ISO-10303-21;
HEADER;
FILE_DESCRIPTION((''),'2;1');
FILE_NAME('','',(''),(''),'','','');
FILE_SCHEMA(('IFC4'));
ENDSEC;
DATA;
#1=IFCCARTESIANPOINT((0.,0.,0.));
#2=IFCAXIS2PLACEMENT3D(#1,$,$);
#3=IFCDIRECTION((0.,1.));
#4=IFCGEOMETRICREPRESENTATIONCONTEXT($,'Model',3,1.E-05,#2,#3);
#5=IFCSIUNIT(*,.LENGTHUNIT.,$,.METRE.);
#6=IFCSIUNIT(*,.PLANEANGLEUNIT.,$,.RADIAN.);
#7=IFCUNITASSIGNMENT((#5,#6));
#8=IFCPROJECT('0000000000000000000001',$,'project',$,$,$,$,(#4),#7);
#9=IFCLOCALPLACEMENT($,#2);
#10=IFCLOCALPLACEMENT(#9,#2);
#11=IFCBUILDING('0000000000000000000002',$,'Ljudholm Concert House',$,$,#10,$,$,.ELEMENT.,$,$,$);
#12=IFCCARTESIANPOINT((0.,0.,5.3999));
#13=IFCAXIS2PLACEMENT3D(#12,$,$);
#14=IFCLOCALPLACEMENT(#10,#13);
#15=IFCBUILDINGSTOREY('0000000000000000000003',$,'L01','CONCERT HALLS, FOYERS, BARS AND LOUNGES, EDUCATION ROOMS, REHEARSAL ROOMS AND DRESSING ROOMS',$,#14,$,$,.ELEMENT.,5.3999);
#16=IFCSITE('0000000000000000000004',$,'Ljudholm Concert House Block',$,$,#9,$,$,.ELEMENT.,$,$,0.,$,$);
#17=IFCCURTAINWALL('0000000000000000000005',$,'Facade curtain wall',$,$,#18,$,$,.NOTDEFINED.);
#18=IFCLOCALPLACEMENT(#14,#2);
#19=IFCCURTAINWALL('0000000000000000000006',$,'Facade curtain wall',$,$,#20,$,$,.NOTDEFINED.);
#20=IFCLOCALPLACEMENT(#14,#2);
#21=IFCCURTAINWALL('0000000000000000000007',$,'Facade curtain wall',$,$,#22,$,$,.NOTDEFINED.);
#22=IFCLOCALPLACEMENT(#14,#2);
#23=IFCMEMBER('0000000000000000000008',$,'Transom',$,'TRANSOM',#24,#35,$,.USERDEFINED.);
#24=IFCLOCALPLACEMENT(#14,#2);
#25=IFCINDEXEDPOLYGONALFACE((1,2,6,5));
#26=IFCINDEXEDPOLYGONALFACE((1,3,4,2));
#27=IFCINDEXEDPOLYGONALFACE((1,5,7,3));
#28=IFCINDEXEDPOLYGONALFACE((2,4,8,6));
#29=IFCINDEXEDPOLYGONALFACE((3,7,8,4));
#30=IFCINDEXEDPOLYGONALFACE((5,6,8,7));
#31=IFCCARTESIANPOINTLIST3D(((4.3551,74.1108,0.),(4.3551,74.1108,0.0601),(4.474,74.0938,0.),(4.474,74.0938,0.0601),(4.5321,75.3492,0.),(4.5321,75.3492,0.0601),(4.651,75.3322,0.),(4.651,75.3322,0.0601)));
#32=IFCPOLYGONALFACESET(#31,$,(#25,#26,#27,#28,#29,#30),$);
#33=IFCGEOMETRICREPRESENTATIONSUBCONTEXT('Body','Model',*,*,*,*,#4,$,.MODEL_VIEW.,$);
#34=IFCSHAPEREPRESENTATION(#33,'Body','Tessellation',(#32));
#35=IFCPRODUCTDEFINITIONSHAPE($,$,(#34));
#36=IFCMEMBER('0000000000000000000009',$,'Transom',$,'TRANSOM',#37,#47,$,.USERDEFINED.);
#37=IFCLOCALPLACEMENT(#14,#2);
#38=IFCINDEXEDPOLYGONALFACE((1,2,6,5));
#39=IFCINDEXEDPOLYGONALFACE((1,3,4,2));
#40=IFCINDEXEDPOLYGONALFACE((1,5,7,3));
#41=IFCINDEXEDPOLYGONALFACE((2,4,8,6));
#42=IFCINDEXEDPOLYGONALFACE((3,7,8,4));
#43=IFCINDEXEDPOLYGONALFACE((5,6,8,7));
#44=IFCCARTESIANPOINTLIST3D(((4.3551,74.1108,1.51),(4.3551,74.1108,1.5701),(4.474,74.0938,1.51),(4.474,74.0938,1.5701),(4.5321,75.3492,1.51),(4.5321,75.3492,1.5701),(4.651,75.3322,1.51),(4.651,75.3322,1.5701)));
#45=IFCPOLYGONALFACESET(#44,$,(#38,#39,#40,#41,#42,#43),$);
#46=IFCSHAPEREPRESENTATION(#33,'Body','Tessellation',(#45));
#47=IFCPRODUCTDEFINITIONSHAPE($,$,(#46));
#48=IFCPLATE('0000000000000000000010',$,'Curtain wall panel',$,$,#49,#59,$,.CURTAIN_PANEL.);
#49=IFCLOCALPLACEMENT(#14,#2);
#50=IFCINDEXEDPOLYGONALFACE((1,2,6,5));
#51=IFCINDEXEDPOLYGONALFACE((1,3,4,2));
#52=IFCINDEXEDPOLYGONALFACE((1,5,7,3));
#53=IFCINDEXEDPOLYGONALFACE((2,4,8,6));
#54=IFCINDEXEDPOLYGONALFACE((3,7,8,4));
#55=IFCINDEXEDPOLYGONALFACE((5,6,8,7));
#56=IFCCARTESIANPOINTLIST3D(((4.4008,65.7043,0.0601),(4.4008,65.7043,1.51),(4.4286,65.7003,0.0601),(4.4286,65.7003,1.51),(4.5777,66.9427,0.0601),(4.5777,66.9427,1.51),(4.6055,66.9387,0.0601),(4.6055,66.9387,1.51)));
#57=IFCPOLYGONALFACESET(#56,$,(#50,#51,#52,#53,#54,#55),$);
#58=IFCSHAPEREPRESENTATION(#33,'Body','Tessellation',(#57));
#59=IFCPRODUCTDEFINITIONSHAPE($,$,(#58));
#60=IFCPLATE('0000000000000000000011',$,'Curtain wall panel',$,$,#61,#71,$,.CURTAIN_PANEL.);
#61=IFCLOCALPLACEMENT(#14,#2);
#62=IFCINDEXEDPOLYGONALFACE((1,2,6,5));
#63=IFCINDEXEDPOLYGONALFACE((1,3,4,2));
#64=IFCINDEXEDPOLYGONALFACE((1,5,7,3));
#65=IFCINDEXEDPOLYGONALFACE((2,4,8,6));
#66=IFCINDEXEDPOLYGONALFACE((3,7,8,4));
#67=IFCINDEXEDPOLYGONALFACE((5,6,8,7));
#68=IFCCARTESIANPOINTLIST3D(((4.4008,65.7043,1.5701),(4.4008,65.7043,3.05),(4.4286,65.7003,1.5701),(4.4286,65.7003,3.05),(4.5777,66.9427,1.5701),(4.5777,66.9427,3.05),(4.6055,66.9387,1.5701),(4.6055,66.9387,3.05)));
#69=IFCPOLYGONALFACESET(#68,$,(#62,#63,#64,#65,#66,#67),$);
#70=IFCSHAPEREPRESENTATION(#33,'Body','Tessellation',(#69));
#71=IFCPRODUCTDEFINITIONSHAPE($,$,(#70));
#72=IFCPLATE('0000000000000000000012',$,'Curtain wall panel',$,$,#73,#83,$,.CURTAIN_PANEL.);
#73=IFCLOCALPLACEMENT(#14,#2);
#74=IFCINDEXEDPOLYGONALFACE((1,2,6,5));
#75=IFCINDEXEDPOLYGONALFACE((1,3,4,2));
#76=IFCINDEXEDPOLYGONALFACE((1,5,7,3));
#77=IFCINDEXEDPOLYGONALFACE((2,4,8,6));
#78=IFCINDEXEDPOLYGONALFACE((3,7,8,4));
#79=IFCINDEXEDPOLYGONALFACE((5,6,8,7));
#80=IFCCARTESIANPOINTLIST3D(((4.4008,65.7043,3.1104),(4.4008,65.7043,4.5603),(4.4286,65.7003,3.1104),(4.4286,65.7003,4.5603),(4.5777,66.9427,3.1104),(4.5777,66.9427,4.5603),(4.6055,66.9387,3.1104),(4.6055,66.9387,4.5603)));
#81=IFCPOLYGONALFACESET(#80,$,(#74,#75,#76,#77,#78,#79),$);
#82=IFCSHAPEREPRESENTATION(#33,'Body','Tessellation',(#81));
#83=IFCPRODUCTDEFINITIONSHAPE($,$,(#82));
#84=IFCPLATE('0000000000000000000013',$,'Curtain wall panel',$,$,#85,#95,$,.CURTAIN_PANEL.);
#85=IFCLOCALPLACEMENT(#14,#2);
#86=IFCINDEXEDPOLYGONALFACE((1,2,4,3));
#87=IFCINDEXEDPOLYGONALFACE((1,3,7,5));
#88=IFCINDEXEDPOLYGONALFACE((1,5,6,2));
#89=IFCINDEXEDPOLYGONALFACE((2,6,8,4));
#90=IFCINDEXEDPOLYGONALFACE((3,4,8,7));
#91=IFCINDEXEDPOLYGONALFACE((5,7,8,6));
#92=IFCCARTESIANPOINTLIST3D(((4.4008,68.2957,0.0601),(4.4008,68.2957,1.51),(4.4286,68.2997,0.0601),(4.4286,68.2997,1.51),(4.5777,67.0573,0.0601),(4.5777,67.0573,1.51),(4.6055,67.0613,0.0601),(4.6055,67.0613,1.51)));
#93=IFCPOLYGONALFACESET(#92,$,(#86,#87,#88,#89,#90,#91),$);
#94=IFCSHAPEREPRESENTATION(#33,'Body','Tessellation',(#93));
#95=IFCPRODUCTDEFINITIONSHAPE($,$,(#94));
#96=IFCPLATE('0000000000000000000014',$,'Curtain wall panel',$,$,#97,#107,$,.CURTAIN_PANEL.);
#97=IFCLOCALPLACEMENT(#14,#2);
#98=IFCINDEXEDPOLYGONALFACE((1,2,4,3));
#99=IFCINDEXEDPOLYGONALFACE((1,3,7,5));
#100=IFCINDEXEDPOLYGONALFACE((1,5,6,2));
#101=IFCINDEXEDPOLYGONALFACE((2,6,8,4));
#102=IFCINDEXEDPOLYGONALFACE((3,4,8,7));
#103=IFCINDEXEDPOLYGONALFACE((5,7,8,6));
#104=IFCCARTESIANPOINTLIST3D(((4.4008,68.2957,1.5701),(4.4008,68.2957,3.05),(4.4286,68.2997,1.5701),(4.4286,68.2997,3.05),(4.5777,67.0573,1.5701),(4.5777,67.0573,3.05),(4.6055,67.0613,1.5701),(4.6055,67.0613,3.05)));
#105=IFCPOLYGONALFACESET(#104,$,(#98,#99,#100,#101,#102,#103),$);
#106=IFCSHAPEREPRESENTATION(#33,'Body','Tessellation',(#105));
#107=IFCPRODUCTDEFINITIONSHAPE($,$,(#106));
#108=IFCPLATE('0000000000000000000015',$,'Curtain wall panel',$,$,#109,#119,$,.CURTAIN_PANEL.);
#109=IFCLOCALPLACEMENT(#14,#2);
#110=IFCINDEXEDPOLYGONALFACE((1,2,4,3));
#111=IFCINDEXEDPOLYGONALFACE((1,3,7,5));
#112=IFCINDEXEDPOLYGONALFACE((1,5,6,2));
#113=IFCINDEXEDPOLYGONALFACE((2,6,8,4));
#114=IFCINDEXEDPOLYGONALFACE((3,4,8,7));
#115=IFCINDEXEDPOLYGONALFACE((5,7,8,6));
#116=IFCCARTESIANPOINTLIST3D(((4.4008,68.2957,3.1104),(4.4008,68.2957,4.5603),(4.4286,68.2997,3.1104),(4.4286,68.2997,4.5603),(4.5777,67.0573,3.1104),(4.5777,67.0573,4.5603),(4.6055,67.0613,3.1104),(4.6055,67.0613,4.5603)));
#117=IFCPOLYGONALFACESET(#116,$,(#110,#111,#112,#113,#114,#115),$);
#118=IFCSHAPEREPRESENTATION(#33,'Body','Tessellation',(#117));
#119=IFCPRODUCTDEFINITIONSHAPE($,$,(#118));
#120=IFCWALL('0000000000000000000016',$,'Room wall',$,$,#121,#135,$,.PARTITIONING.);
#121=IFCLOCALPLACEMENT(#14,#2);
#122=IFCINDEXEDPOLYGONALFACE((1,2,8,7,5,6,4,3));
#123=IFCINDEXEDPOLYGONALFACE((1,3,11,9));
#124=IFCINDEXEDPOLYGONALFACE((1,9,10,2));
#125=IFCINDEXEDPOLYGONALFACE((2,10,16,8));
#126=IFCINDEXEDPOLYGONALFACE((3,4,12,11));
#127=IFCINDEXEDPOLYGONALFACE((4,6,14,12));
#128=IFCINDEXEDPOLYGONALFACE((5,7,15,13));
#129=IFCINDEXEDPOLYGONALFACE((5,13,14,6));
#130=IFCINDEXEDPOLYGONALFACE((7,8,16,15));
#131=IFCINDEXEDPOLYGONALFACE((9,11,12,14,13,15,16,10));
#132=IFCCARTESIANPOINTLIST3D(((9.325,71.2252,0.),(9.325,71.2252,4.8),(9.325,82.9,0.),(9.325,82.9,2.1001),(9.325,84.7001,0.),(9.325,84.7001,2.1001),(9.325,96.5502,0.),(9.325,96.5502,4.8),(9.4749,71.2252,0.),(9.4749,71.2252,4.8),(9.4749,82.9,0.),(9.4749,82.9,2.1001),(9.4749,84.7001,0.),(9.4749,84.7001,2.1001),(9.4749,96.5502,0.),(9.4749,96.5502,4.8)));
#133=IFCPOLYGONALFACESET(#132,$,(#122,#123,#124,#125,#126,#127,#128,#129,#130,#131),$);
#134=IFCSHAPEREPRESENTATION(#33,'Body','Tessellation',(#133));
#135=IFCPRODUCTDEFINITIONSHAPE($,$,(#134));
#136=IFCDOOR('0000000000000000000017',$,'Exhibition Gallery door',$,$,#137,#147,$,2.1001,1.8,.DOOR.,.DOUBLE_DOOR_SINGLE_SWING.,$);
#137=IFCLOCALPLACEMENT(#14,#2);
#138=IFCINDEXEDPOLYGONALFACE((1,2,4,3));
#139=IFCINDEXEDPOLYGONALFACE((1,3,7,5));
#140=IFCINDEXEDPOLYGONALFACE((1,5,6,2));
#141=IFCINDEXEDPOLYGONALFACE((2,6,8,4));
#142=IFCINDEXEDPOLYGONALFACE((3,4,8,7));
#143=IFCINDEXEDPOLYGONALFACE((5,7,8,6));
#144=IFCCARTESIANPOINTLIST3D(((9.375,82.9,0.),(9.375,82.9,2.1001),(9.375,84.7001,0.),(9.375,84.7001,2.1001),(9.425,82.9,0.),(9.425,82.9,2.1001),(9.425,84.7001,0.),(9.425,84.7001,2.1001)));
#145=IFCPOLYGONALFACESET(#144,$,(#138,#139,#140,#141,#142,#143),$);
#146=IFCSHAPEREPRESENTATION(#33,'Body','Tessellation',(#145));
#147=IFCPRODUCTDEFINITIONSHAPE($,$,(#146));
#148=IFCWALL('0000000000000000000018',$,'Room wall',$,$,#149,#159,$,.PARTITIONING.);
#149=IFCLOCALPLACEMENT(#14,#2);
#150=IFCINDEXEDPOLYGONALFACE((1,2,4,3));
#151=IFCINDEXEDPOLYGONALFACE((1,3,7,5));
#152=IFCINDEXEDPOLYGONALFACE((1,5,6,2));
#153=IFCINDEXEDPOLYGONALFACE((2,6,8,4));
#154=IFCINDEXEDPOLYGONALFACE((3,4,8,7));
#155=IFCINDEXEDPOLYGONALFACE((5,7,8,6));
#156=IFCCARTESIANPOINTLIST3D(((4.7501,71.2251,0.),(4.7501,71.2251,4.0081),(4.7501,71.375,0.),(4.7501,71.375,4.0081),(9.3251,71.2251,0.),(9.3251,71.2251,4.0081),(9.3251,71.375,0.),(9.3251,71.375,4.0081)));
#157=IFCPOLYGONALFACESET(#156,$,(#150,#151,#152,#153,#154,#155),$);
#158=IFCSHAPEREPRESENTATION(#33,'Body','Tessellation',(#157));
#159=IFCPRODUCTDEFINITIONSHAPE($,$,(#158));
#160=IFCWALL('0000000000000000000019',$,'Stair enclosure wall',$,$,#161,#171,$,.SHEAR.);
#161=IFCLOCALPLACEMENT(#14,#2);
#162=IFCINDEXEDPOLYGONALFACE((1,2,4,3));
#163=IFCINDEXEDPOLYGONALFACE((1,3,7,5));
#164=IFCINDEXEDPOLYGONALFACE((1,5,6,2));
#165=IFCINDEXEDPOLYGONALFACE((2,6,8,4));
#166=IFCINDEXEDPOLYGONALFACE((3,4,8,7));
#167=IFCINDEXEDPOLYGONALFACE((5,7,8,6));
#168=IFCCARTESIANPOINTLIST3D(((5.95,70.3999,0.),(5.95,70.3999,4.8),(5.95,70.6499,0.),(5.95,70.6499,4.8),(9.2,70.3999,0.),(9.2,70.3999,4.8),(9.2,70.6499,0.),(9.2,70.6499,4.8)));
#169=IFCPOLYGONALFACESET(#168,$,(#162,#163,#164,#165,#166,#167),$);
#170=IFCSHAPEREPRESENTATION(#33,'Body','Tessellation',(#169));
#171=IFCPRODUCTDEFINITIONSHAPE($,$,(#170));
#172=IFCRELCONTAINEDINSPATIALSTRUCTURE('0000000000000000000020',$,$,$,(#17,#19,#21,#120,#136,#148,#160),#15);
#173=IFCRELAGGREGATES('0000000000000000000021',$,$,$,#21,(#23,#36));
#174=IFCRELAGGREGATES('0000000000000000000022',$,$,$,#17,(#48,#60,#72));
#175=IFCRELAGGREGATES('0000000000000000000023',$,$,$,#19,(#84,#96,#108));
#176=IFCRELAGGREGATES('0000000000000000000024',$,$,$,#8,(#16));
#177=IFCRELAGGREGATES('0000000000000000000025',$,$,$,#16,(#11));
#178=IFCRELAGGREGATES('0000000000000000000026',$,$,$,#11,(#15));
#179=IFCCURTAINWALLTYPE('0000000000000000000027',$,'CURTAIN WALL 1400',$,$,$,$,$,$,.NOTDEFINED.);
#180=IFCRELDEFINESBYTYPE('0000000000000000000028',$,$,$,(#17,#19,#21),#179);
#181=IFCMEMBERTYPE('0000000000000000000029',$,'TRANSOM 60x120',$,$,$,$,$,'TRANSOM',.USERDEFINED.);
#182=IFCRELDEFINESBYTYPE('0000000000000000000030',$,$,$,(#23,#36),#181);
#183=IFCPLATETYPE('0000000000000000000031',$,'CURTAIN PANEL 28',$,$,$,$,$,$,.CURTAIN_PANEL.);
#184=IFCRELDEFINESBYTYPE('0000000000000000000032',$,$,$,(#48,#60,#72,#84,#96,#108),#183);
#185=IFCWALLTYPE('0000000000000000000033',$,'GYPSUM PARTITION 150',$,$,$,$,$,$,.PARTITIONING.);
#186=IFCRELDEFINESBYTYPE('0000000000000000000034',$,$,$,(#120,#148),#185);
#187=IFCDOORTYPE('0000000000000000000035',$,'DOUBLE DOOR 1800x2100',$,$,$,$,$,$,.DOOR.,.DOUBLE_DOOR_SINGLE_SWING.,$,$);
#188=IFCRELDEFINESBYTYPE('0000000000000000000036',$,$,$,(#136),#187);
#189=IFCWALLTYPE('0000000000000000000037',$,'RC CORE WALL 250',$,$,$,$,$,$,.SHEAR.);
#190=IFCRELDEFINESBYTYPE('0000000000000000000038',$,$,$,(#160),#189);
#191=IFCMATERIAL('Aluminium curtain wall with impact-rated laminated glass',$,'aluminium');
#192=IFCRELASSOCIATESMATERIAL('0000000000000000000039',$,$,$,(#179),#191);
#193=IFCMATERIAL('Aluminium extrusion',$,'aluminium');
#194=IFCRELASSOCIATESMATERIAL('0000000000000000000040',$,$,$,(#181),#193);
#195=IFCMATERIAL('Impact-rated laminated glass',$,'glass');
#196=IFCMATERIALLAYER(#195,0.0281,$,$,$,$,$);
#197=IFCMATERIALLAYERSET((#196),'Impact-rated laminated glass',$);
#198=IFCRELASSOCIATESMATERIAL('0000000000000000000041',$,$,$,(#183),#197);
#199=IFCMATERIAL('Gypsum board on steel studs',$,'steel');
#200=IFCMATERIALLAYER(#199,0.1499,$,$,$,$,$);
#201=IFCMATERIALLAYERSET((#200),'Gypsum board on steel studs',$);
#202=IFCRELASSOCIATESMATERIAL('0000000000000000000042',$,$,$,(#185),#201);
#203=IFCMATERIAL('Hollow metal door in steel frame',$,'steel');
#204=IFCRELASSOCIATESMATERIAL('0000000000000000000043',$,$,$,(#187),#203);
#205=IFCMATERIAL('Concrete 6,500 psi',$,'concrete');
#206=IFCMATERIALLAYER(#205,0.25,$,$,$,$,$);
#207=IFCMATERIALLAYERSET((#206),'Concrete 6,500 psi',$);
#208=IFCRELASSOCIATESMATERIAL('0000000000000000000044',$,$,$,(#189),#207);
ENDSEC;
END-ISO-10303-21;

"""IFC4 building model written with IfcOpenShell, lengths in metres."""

from ifc_helpers import new_model, si_unit, direction, frame, frame_2d, origin, origin_2d, place, context, subcontext, project, spatial, rectangle, extrude, material, layer, layer_set, material_profile, profile_set, type_object, element, fill, aggregate, save


model = new_model("IFC4")

# Units and contexts
model_context = context("Model", 3, precision=1e-05, world=origin(), true_north=direction((0.0, 1.0)))
body_context = subcontext(model_context, "Body", "Model", "MODEL_VIEW")
ifc_project = project(units=[si_unit("LENGTHUNIT", "METRE"), si_unit("PLANEANGLEUNIT", "RADIAN")], contexts=[model_context])

# Site, building, storey
site_placement = place(None, origin())
site = spatial("IfcSite", under=ifc_project, at=site_placement, Name="Ljudholm Concert House Block", CompositionType="ELEMENT", RefElevation=0.0)
building_placement = place(site_placement, origin())
building = spatial("IfcBuilding", under=site, at=building_placement, Name="Ljudholm Concert House", CompositionType="ELEMENT")
storey_placement = place(building_placement, frame((0.0, 0.0, 5.3999)))
storey = spatial("IfcBuildingStorey", under=building, at=storey_placement, Name="L01", Description="CONCERT HALLS, FOYERS, BARS AND LOUNGES, EDUCATION ROOMS, REHEARSAL ROOMS AND DRESSING ROOMS", CompositionType="ELEMENT", Elevation=5.3999)

# Curtain wall
ifc_material_1 = material(Name="Aluminium curtain wall with impact-rated laminated glass", Category="aluminium")
curtain_wall_type = type_object("IfcCurtainWallType", Name="CURTAIN WALL 1400", PredefinedType="NOTDEFINED", material=ifc_material_1)
curtain_wall_1_placement = place(storey_placement, origin())
curtain_wall_1 = element("IfcCurtainWall", 1, at=curtain_wall_1_placement, inside=storey, type_object=curtain_wall_type, Name="Facade curtain wall", PredefinedType="NOTDEFINED")

# Curtain wall
curtain_wall_2_placement = place(storey_placement, origin())
curtain_wall_2 = element("IfcCurtainWall", 2, at=curtain_wall_2_placement, inside=storey, type_object=curtain_wall_type, Name="Facade curtain wall", PredefinedType="NOTDEFINED")

# Curtain wall
curtain_wall_3_placement = place(storey_placement, origin())
curtain_wall_3 = element("IfcCurtainWall", 3, at=curtain_wall_3_placement, inside=storey, type_object=curtain_wall_type, Name="Facade curtain wall", PredefinedType="NOTDEFINED")

# Members
ifc_material_2 = material(Name="Aluminium extrusion", Category="aluminium")
ifc_material_profile_1 = material_profile(ifc_material_2, rectangle(XDim=0.1201, YDim=0.0601, at=origin_2d()), Name="TRANSOM 60x120")
ifc_profile_set_1 = profile_set([ifc_material_profile_1], Name="Aluminium extrusion")
member_type_1 = type_object("IfcMemberType", Name="TRANSOM 60x120", ElementType="TRANSOM", PredefinedType="USERDEFINED", material=ifc_profile_set_1)
member_1_placement = place(storey_placement, frame((4.4146, 74.1023, 0.03), z_axis=(0.141503, 0.989938, 0.0), x_axis=(-0.989938, 0.141503, 0.0)))
member_1 = element("IfcMember", 4, at=member_1_placement, type_object=member_type_1, Name="Transom", ObjectType="TRANSOM", PredefinedType="USERDEFINED", context=body_context, shape_type="SweptSolid", body=[
    extrude(rectangle(XDim=0.1201, YDim=0.0601, at=origin_2d()), origin(), (0.0, 0.0, 1.0), 1.251),
])
member_2_placement = place(storey_placement, frame((4.4146, 74.1023, 1.54), z_axis=(0.141503, 0.989938, 0.0), x_axis=(-0.989938, 0.141503, 0.0)))
member_2 = element("IfcMember", 5, at=member_2_placement, type_object=member_type_1, Name="Transom", ObjectType="TRANSOM", PredefinedType="USERDEFINED", context=body_context, shape_type="SweptSolid", body=[
    extrude(rectangle(XDim=0.1201, YDim=0.0601, at=origin_2d()), origin(), (0.0, 0.0, 1.0), 1.251),
])
aggregate(curtain_wall_3, [member_1, member_2])

# Plates
ifc_material_3 = material(Name="Impact-rated laminated glass", Category="glass")
ifc_layer_1 = layer(ifc_material_3, 0.0281)
ifc_layer_set_1 = layer_set([ifc_layer_1], Name="Impact-rated laminated glass")
plate_type = type_object("IfcPlateType", Name="CURTAIN PANEL 28", PredefinedType="CURTAIN_PANEL", material=ifc_layer_set_1)
plate_1_placement = place(storey_placement, frame((4.5032, 66.3215, 0.0601), z_axis=(0.0, 0.0, 1.0), x_axis=(0.141421, 0.989949, 0.0)))
plate_1 = element("IfcPlate", 6, at=plate_1_placement, type_object=plate_type, Name="Curtain wall panel", PredefinedType="CURTAIN_PANEL", context=body_context, shape_type="SweptSolid", body=[
    extrude(rectangle(XDim=1.251, YDim=0.0281, at=origin_2d()), origin(), (0.0, 0.0, 1.0), 1.45),
])
plate_2_placement = place(storey_placement, frame((4.5032, 66.3215, 1.5701), z_axis=(0.0, 0.0, 1.0), x_axis=(0.141421, 0.989949, 0.0)))
plate_2 = element("IfcPlate", 7, at=plate_2_placement, type_object=plate_type, Name="Curtain wall panel", PredefinedType="CURTAIN_PANEL", context=body_context, shape_type="SweptSolid", body=[
    extrude(rectangle(XDim=1.251, YDim=0.0281, at=origin_2d()), origin(), (0.0, 0.0, 1.0), 1.48),
])
plate_3_placement = place(storey_placement, frame((4.5032, 66.3215, 3.1104), z_axis=(0.0, 0.0, 1.0), x_axis=(0.141421, 0.989949, 0.0)))
plate_3 = element("IfcPlate", 8, at=plate_3_placement, type_object=plate_type, Name="Curtain wall panel", PredefinedType="CURTAIN_PANEL", context=body_context, shape_type="SweptSolid", body=[
    extrude(rectangle(XDim=1.251, YDim=0.0281, at=origin_2d()), origin(), (0.0, 0.0, 1.0), 1.45),
])
aggregate(curtain_wall_1, [plate_1, plate_2, plate_3])
plate_4_placement = place(storey_placement, frame((4.5032, 67.6785, 0.0601), z_axis=(0.0, 0.0, 1.0), x_axis=(-0.141421, 0.989949, 0.0)))
plate_4 = element("IfcPlate", 9, at=plate_4_placement, type_object=plate_type, Name="Curtain wall panel", PredefinedType="CURTAIN_PANEL", context=body_context, shape_type="SweptSolid", body=[
    extrude(rectangle(XDim=1.251, YDim=0.0281, at=origin_2d()), origin(), (0.0, 0.0, 1.0), 1.45),
])
plate_5_placement = place(storey_placement, frame((4.5032, 67.6785, 1.5701), z_axis=(0.0, 0.0, 1.0), x_axis=(-0.141421, 0.989949, 0.0)))
plate_5 = element("IfcPlate", 10, at=plate_5_placement, type_object=plate_type, Name="Curtain wall panel", PredefinedType="CURTAIN_PANEL", context=body_context, shape_type="SweptSolid", body=[
    extrude(rectangle(XDim=1.251, YDim=0.0281, at=origin_2d()), origin(), (0.0, 0.0, 1.0), 1.48),
])
plate_6_placement = place(storey_placement, frame((4.5032, 67.6785, 3.1104), z_axis=(0.0, 0.0, 1.0), x_axis=(-0.141421, 0.989949, 0.0)))
plate_6 = element("IfcPlate", 11, at=plate_6_placement, type_object=plate_type, Name="Curtain wall panel", PredefinedType="CURTAIN_PANEL", context=body_context, shape_type="SweptSolid", body=[
    extrude(rectangle(XDim=1.251, YDim=0.0281, at=origin_2d()), origin(), (0.0, 0.0, 1.0), 1.45),
])
aggregate(curtain_wall_2, [plate_4, plate_5, plate_6])

# Wall, opening, door
ifc_material_4 = material(Name="Gypsum board on steel studs", Category="steel")
ifc_layer_2 = layer(ifc_material_4, 0.1499)
ifc_layer_set_2 = layer_set([ifc_layer_2], Name="Gypsum board on steel studs")
wall_type_1 = type_object("IfcWallType", Name="GYPSUM PARTITION 150", PredefinedType="PARTITIONING", material=ifc_layer_set_2)
wall_1_placement = place(storey_placement, frame((9.3999, 71.2251, 0.0), z_axis=(0.0, 0.0, 1.0), x_axis=(0.0, 1.0, 0.0)))
wall_1 = element("IfcWall", 12, at=wall_1_placement, inside=storey, type_object=wall_type_1, Name="Room wall", PredefinedType="PARTITIONING", context=body_context, shape_type="SweptSolid", body=[
    extrude(rectangle(XDim=25.325, YDim=0.1499, at=frame_2d((12.6626, 0.0))), origin(), (0.0, 0.0, 1.0), 4.8),
])
opening_placement = place(wall_1_placement, frame((11.675, 0.0, 0.0)))
opening = element("IfcOpeningElement", 13, at=opening_placement, cuts=wall_1, PredefinedType="OPENING", context=body_context, shape_type="SweptSolid", body=[
    extrude(rectangle(XDim=1.8, YDim=2.1001, at=frame_2d((0.8999, 1.05))), frame((0.0, 0.085, 0.0), z_axis=(0.0, -1.0, 0.0), x_axis=(1.0, 0.0, 0.0)), (0.0, 0.0, 1.0), 0.1699),
])
ifc_material_5 = material(Name="Hollow metal door in steel frame", Category="steel")
door_type = type_object("IfcDoorType", Name="DOUBLE DOOR 1800x2100", OperationType="DOUBLE_DOOR_SINGLE_SWING", PredefinedType="DOOR", material=ifc_material_5)
door_placement = place(opening_placement, origin())
door = element("IfcDoor", 14, at=door_placement, inside=storey, type_object=door_type, Name="Exhibition Gallery door", OperationType="DOUBLE_DOOR_SINGLE_SWING", OverallHeight=2.1001, OverallWidth=1.8, PredefinedType="DOOR", context=body_context, shape_type="SweptSolid", body=[
    extrude(rectangle(XDim=1.8, YDim=2.1001, at=frame_2d((0.8999, 1.05))), frame((0.0, 0.0249, 0.0), z_axis=(0.0, -1.0, 0.0), x_axis=(1.0, 0.0, 0.0)), (0.0, 0.0, 1.0), 0.05),
])
fill(opening, door)

# Walls
wall_2_placement = place(storey_placement, frame((4.75, 71.3, 0.0), z_axis=(0.0, 0.0, 1.0), x_axis=(1.0, 0.0, 0.0)))
element("IfcWall", 15, at=wall_2_placement, inside=storey, type_object=wall_type_1, Name="Room wall", PredefinedType="PARTITIONING", context=body_context, shape_type="SweptSolid", body=[
    extrude(rectangle(XDim=4.575, YDim=0.1499, at=frame_2d((2.2876, 0.0))), origin(), (0.0, 0.0, 1.0), 4.0081),
])
ifc_material_6 = material(Name="Concrete 6,500 psi", Category="concrete")
ifc_layer_3 = layer(ifc_material_6, 0.25)
ifc_layer_set_3 = layer_set([ifc_layer_3], Name="Concrete 6,500 psi")
wall_type_2 = type_object("IfcWallType", Name="RC CORE WALL 250", PredefinedType="SHEAR", material=ifc_layer_set_3)
wall_3_placement = place(storey_placement, frame((5.95, 70.5249, 0.0), z_axis=(0.0, 0.0, 1.0), x_axis=(1.0, 0.0, 0.0)))
element("IfcWall", 16, at=wall_3_placement, inside=storey, type_object=wall_type_2, Name="Stair enclosure wall", PredefinedType="SHEAR", context=body_context, shape_type="SweptSolid", body=[
    extrude(rectangle(XDim=3.25, YDim=0.25, at=frame_2d((1.625, 0.0))), origin(), (0.0, 0.0, 1.0), 4.8),
])

save(model, "model.ifc")
